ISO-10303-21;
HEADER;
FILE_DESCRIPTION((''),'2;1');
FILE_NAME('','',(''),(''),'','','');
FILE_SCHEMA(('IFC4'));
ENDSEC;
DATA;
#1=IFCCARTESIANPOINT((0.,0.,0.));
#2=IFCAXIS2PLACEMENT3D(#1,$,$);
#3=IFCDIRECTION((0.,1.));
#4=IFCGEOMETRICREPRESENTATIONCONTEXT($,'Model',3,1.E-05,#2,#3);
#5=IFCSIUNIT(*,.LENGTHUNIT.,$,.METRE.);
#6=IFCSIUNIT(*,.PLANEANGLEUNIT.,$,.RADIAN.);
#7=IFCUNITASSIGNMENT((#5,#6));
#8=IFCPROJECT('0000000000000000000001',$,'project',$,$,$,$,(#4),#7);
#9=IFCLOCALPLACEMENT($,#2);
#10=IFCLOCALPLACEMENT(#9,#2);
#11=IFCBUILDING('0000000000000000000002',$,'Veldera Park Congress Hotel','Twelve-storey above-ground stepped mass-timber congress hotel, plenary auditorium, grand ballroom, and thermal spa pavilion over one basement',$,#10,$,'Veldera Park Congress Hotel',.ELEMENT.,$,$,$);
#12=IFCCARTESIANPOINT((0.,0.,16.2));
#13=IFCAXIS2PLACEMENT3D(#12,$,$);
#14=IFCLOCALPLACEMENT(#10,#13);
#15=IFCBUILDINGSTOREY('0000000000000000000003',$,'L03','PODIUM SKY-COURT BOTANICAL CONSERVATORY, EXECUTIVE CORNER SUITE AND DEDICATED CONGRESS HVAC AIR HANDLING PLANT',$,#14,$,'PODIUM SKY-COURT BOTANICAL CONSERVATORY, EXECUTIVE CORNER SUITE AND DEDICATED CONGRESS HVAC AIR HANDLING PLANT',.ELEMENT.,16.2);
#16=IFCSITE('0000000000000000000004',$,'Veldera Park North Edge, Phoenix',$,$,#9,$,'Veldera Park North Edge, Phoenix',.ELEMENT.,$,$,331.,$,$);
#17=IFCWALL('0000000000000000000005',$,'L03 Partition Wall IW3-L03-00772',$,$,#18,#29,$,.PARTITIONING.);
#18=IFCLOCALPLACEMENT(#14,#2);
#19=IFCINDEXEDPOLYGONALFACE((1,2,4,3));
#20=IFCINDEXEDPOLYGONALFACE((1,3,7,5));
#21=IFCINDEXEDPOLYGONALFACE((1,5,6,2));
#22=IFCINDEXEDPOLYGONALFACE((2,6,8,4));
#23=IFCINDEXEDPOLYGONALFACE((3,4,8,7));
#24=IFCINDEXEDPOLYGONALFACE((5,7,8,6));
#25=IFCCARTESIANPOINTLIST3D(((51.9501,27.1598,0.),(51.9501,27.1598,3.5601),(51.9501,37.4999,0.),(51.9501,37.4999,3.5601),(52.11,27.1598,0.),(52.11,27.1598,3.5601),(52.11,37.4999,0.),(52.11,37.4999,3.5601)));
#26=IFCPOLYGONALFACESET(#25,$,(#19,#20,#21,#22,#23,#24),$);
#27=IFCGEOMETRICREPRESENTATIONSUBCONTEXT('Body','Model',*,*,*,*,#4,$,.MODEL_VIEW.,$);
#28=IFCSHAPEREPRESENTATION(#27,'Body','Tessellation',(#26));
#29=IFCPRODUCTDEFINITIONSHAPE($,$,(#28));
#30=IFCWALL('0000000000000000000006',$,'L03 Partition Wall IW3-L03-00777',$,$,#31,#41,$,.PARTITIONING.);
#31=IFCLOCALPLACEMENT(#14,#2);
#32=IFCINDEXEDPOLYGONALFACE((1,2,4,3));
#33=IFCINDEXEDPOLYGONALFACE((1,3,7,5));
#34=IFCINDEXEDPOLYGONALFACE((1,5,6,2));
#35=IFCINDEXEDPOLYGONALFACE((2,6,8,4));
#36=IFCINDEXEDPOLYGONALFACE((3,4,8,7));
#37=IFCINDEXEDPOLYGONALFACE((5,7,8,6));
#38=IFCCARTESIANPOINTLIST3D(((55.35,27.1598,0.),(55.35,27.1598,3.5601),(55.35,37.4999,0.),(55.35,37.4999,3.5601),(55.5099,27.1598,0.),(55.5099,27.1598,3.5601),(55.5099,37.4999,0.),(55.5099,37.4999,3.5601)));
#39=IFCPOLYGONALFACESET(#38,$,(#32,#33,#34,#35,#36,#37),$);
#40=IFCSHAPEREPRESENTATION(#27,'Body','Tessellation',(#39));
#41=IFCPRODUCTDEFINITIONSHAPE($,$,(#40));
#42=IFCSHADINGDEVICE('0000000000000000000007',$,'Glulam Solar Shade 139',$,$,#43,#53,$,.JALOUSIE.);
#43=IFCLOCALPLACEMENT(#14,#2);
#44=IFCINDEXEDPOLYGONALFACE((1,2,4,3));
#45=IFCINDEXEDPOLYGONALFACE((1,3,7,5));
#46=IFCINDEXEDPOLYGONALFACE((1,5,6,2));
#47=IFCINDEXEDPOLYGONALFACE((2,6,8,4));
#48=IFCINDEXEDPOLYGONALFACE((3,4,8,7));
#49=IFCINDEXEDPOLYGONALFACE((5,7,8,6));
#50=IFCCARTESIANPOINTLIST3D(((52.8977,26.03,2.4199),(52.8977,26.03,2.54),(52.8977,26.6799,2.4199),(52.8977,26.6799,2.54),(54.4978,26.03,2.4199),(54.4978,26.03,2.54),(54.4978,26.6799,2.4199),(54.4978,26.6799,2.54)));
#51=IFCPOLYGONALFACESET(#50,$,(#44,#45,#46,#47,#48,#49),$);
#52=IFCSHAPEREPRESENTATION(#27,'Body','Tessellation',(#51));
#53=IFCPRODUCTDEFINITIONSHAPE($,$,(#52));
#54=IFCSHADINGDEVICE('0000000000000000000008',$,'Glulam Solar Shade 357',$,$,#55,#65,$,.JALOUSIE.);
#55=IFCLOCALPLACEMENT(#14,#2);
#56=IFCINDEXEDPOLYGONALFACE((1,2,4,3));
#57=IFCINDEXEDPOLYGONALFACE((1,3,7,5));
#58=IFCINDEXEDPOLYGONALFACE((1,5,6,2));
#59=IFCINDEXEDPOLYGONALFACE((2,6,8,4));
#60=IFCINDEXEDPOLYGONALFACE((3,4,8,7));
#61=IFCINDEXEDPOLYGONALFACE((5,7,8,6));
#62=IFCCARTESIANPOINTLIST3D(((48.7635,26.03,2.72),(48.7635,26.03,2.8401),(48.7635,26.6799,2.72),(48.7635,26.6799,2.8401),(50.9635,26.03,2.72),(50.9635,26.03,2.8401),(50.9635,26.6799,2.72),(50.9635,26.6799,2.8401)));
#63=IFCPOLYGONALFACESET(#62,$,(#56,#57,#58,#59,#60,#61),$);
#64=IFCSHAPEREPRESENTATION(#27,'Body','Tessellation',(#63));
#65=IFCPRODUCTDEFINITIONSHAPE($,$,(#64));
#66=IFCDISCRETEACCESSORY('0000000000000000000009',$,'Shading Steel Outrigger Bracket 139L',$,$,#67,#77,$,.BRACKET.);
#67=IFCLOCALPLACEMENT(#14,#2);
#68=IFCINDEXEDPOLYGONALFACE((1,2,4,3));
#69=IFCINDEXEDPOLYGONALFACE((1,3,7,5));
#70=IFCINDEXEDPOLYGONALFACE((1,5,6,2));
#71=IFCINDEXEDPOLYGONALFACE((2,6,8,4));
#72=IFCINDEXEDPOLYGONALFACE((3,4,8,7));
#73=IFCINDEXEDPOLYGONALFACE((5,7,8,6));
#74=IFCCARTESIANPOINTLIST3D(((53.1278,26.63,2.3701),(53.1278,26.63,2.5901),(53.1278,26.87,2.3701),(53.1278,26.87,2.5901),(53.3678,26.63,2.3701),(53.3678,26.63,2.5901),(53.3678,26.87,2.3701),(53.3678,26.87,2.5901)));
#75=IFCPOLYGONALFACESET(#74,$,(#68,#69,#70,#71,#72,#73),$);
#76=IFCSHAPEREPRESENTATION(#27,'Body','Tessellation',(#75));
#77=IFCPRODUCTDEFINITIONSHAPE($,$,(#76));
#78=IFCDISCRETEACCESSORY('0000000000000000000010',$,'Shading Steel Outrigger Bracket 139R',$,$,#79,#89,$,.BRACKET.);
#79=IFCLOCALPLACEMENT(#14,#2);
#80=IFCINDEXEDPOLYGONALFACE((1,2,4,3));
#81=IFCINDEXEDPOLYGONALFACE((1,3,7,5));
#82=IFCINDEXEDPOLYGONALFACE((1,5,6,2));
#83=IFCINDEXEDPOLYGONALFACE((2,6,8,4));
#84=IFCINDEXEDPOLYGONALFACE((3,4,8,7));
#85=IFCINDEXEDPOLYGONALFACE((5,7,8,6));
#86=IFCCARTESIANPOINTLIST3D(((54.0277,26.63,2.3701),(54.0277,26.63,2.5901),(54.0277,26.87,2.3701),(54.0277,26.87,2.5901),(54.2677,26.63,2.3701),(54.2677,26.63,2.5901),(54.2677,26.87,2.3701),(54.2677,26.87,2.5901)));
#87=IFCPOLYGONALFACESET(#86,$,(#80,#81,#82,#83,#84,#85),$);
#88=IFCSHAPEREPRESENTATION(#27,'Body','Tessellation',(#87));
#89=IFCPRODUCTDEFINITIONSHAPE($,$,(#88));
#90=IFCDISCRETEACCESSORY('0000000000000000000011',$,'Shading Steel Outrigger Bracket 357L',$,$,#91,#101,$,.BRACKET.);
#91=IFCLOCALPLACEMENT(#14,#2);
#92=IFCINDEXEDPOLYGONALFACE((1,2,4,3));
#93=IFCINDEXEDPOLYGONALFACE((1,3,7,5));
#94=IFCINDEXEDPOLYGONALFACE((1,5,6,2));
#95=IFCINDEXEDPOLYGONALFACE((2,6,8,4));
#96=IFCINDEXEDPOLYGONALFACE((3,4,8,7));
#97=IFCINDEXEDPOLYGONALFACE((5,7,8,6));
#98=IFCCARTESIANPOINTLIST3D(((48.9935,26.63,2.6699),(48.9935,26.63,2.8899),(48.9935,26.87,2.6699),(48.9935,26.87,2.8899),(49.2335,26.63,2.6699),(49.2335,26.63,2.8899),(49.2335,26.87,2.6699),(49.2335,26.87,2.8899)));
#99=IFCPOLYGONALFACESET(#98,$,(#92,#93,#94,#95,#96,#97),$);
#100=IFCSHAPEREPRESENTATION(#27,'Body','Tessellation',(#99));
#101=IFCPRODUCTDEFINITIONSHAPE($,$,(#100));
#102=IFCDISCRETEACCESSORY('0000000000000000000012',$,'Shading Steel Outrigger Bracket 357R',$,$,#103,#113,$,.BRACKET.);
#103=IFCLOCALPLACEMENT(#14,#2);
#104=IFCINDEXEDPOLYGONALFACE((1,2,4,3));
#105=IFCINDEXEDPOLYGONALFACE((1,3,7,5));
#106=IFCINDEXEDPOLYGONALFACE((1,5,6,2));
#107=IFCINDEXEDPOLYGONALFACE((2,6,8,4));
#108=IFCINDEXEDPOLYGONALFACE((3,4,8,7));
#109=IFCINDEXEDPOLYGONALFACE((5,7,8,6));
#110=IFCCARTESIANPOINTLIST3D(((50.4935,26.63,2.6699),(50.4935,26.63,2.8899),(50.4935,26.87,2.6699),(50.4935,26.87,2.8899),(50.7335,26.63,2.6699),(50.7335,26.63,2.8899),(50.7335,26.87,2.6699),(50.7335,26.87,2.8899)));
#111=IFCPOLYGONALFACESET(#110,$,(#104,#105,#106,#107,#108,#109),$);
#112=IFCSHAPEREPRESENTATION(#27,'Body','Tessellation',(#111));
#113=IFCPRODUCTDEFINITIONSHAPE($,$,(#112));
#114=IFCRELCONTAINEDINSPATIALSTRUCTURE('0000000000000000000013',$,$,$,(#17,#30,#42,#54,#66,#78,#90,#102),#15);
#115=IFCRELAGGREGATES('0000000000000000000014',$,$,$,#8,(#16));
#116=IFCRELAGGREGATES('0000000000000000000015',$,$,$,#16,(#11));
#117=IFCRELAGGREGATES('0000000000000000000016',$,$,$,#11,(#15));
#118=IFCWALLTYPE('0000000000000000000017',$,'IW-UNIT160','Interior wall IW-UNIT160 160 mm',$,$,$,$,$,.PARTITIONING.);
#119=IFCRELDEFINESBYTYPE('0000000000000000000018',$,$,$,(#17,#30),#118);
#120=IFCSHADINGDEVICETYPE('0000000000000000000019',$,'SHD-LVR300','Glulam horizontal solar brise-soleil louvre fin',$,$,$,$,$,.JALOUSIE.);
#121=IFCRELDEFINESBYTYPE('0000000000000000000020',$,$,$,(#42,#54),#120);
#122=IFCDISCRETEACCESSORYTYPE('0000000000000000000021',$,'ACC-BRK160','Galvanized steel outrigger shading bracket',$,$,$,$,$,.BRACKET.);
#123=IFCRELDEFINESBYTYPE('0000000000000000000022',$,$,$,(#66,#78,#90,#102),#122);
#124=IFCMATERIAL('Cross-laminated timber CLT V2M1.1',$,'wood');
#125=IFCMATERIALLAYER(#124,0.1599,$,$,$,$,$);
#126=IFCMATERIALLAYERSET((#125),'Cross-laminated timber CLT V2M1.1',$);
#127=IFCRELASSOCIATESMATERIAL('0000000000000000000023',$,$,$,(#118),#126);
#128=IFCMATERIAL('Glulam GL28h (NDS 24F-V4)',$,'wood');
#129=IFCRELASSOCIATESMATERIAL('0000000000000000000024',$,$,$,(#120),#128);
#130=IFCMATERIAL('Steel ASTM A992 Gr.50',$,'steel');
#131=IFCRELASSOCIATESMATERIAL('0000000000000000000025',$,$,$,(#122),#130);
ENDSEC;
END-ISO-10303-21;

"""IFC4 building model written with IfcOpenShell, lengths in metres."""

from ifc_helpers import new_model, si_unit, direction, frame, frame_2d, origin, origin_2d, place, context, subcontext, project, spatial, rectangle, extrude, material, layer, layer_set, type_object, element, save


model = new_model("IFC4")

# Units and contexts
model_context = context("Model", 3, precision=1e-05, world=origin(), true_north=direction((0.0, 1.0)))
body_context = subcontext(model_context, "Body", "Model", "MODEL_VIEW")
ifc_project = project(units=[si_unit("LENGTHUNIT", "METRE"), si_unit("PLANEANGLEUNIT", "RADIAN")], contexts=[model_context])

# Site, building, storey
site_placement = place(None, origin())
site = spatial("IfcSite", under=ifc_project, at=site_placement, Name="Veldera Park North Edge, Phoenix", LongName="Veldera Park North Edge, Phoenix", CompositionType="ELEMENT", RefElevation=331.0)
building_placement = place(site_placement, origin())
building = spatial("IfcBuilding", under=site, at=building_placement, Name="Veldera Park Congress Hotel", Description="Twelve-storey above-ground stepped mass-timber congress hotel, plenary auditorium, grand ballroom, and thermal spa pavilion over one basement", LongName="Veldera Park Congress Hotel", CompositionType="ELEMENT")
storey_placement = place(building_placement, frame((0.0, 0.0, 16.2)))
storey = spatial("IfcBuildingStorey", under=building, at=storey_placement, Name="L03", Description="PODIUM SKY-COURT BOTANICAL CONSERVATORY, EXECUTIVE CORNER SUITE AND DEDICATED CONGRESS HVAC AIR HANDLING PLANT", LongName="PODIUM SKY-COURT BOTANICAL CONSERVATORY, EXECUTIVE CORNER SUITE AND DEDICATED CONGRESS HVAC AIR HANDLING PLANT", CompositionType="ELEMENT", Elevation=16.2)

# Shared definitions
ifc_material_1 = material(Name="Glulam GL28h (NDS 24F-V4)", Category="wood")

# Shared definitions
ifc_material_2 = material(Name="Cross-laminated timber CLT V2M1.1", Category="wood")

# Walls
ifc_layer_1 = layer(ifc_material_2, 0.1599)
ifc_layer_set_1 = layer_set([ifc_layer_1], Name="Cross-laminated timber CLT V2M1.1")
wall_type_1 = type_object("IfcWallType", Name="IW-UNIT160", Description="Interior wall IW-UNIT160 160 mm", PredefinedType="PARTITIONING", material=ifc_layer_set_1)
for number, where, z_axis, x_axis, name in (
    (1, (52.03, 27.1599, 0.0), (0.0, 0.0, 1.0), (0.0, 1.0, 0.0), "L03 Partition Wall IW3-L03-00772"),
    (2, (55.4299, 27.1599, 0.0), (0.0, 0.0, 1.0), (0.0, 1.0, 0.0), "L03 Partition Wall IW3-L03-00777"),
):
    element("IfcWall", number, at=place(storey_placement, frame(where, z_axis=z_axis, x_axis=x_axis)), inside=storey, type_object=wall_type_1, Name=name, PredefinedType="PARTITIONING", context=body_context, shape_type="SweptSolid", body=[
        extrude(rectangle(XDim=10.3401, YDim=0.1599, at=frame_2d((5.1699, 0.0))), origin(), (0.0, 0.0, 1.0), 3.5601),
    ])

# Shading devices
shading_device_type = type_object("IfcShadingDeviceType", Name="SHD-LVR300", Description="Glulam horizontal solar brise-soleil louvre fin", PredefinedType="JALOUSIE", material=ifc_material_1)
shading_device_1_placement = place(storey_placement, frame((53.6978, 26.355, 2.4199), z_axis=(0.0, 0.0, 1.0), x_axis=(1.0, 0.0, 0.0)))
element("IfcShadingDevice", 3, at=shading_device_1_placement, inside=storey, type_object=shading_device_type, Name="Glulam Solar Shade 139", PredefinedType="JALOUSIE", context=body_context, shape_type="SweptSolid", body=[
    extrude(rectangle(XDim=1.6001, YDim=0.6499, at=origin_2d()), origin(), (0.0, 0.0, 1.0), 0.1201),
])
shading_device_2_placement = place(storey_placement, frame((49.8635, 26.355, 2.72), z_axis=(0.0, 0.0, 1.0), x_axis=(1.0, 0.0, 0.0)))
element("IfcShadingDevice", 4, at=shading_device_2_placement, inside=storey, type_object=shading_device_type, Name="Glulam Solar Shade 357", PredefinedType="JALOUSIE", context=body_context, shape_type="SweptSolid", body=[
    extrude(rectangle(XDim=2.2, YDim=0.6499, at=origin_2d()), origin(), (0.0, 0.0, 1.0), 0.1201),
])

# Discrete accessories
ifc_material_3 = material(Name="Steel ASTM A992 Gr.50", Category="steel")
discrete_accessory_type = type_object("IfcDiscreteAccessoryType", Name="ACC-BRK160", Description="Galvanized steel outrigger shading bracket", PredefinedType="BRACKET", material=ifc_material_3)
for number, where, z_axis, x_axis, name in (
    (5, (53.2478, 26.75, 2.3701), (0.0, 0.0, 1.0), (1.0, 0.0, 0.0), "Shading Steel Outrigger Bracket 139L"),
    (6, (54.1477, 26.75, 2.3701), (0.0, 0.0, 1.0), (1.0, 0.0, 0.0), "Shading Steel Outrigger Bracket 139R"),
    (7, (49.1135, 26.75, 2.6699), (0.0, 0.0, 1.0), (1.0, 0.0, 0.0), "Shading Steel Outrigger Bracket 357L"),
    (8, (50.6135, 26.75, 2.6699), (0.0, 0.0, 1.0), (1.0, 0.0, 0.0), "Shading Steel Outrigger Bracket 357R"),
):
    element("IfcDiscreteAccessory", number, at=place(storey_placement, frame(where, z_axis=z_axis, x_axis=x_axis)), inside=storey, type_object=discrete_accessory_type, Name=name, PredefinedType="BRACKET", context=body_context, shape_type="SweptSolid", body=[
        extrude(rectangle(XDim=0.24, YDim=0.24, at=origin_2d()), origin(), (0.0, 0.0, 1.0), 0.22),
    ])

save(model, "model.ifc")
